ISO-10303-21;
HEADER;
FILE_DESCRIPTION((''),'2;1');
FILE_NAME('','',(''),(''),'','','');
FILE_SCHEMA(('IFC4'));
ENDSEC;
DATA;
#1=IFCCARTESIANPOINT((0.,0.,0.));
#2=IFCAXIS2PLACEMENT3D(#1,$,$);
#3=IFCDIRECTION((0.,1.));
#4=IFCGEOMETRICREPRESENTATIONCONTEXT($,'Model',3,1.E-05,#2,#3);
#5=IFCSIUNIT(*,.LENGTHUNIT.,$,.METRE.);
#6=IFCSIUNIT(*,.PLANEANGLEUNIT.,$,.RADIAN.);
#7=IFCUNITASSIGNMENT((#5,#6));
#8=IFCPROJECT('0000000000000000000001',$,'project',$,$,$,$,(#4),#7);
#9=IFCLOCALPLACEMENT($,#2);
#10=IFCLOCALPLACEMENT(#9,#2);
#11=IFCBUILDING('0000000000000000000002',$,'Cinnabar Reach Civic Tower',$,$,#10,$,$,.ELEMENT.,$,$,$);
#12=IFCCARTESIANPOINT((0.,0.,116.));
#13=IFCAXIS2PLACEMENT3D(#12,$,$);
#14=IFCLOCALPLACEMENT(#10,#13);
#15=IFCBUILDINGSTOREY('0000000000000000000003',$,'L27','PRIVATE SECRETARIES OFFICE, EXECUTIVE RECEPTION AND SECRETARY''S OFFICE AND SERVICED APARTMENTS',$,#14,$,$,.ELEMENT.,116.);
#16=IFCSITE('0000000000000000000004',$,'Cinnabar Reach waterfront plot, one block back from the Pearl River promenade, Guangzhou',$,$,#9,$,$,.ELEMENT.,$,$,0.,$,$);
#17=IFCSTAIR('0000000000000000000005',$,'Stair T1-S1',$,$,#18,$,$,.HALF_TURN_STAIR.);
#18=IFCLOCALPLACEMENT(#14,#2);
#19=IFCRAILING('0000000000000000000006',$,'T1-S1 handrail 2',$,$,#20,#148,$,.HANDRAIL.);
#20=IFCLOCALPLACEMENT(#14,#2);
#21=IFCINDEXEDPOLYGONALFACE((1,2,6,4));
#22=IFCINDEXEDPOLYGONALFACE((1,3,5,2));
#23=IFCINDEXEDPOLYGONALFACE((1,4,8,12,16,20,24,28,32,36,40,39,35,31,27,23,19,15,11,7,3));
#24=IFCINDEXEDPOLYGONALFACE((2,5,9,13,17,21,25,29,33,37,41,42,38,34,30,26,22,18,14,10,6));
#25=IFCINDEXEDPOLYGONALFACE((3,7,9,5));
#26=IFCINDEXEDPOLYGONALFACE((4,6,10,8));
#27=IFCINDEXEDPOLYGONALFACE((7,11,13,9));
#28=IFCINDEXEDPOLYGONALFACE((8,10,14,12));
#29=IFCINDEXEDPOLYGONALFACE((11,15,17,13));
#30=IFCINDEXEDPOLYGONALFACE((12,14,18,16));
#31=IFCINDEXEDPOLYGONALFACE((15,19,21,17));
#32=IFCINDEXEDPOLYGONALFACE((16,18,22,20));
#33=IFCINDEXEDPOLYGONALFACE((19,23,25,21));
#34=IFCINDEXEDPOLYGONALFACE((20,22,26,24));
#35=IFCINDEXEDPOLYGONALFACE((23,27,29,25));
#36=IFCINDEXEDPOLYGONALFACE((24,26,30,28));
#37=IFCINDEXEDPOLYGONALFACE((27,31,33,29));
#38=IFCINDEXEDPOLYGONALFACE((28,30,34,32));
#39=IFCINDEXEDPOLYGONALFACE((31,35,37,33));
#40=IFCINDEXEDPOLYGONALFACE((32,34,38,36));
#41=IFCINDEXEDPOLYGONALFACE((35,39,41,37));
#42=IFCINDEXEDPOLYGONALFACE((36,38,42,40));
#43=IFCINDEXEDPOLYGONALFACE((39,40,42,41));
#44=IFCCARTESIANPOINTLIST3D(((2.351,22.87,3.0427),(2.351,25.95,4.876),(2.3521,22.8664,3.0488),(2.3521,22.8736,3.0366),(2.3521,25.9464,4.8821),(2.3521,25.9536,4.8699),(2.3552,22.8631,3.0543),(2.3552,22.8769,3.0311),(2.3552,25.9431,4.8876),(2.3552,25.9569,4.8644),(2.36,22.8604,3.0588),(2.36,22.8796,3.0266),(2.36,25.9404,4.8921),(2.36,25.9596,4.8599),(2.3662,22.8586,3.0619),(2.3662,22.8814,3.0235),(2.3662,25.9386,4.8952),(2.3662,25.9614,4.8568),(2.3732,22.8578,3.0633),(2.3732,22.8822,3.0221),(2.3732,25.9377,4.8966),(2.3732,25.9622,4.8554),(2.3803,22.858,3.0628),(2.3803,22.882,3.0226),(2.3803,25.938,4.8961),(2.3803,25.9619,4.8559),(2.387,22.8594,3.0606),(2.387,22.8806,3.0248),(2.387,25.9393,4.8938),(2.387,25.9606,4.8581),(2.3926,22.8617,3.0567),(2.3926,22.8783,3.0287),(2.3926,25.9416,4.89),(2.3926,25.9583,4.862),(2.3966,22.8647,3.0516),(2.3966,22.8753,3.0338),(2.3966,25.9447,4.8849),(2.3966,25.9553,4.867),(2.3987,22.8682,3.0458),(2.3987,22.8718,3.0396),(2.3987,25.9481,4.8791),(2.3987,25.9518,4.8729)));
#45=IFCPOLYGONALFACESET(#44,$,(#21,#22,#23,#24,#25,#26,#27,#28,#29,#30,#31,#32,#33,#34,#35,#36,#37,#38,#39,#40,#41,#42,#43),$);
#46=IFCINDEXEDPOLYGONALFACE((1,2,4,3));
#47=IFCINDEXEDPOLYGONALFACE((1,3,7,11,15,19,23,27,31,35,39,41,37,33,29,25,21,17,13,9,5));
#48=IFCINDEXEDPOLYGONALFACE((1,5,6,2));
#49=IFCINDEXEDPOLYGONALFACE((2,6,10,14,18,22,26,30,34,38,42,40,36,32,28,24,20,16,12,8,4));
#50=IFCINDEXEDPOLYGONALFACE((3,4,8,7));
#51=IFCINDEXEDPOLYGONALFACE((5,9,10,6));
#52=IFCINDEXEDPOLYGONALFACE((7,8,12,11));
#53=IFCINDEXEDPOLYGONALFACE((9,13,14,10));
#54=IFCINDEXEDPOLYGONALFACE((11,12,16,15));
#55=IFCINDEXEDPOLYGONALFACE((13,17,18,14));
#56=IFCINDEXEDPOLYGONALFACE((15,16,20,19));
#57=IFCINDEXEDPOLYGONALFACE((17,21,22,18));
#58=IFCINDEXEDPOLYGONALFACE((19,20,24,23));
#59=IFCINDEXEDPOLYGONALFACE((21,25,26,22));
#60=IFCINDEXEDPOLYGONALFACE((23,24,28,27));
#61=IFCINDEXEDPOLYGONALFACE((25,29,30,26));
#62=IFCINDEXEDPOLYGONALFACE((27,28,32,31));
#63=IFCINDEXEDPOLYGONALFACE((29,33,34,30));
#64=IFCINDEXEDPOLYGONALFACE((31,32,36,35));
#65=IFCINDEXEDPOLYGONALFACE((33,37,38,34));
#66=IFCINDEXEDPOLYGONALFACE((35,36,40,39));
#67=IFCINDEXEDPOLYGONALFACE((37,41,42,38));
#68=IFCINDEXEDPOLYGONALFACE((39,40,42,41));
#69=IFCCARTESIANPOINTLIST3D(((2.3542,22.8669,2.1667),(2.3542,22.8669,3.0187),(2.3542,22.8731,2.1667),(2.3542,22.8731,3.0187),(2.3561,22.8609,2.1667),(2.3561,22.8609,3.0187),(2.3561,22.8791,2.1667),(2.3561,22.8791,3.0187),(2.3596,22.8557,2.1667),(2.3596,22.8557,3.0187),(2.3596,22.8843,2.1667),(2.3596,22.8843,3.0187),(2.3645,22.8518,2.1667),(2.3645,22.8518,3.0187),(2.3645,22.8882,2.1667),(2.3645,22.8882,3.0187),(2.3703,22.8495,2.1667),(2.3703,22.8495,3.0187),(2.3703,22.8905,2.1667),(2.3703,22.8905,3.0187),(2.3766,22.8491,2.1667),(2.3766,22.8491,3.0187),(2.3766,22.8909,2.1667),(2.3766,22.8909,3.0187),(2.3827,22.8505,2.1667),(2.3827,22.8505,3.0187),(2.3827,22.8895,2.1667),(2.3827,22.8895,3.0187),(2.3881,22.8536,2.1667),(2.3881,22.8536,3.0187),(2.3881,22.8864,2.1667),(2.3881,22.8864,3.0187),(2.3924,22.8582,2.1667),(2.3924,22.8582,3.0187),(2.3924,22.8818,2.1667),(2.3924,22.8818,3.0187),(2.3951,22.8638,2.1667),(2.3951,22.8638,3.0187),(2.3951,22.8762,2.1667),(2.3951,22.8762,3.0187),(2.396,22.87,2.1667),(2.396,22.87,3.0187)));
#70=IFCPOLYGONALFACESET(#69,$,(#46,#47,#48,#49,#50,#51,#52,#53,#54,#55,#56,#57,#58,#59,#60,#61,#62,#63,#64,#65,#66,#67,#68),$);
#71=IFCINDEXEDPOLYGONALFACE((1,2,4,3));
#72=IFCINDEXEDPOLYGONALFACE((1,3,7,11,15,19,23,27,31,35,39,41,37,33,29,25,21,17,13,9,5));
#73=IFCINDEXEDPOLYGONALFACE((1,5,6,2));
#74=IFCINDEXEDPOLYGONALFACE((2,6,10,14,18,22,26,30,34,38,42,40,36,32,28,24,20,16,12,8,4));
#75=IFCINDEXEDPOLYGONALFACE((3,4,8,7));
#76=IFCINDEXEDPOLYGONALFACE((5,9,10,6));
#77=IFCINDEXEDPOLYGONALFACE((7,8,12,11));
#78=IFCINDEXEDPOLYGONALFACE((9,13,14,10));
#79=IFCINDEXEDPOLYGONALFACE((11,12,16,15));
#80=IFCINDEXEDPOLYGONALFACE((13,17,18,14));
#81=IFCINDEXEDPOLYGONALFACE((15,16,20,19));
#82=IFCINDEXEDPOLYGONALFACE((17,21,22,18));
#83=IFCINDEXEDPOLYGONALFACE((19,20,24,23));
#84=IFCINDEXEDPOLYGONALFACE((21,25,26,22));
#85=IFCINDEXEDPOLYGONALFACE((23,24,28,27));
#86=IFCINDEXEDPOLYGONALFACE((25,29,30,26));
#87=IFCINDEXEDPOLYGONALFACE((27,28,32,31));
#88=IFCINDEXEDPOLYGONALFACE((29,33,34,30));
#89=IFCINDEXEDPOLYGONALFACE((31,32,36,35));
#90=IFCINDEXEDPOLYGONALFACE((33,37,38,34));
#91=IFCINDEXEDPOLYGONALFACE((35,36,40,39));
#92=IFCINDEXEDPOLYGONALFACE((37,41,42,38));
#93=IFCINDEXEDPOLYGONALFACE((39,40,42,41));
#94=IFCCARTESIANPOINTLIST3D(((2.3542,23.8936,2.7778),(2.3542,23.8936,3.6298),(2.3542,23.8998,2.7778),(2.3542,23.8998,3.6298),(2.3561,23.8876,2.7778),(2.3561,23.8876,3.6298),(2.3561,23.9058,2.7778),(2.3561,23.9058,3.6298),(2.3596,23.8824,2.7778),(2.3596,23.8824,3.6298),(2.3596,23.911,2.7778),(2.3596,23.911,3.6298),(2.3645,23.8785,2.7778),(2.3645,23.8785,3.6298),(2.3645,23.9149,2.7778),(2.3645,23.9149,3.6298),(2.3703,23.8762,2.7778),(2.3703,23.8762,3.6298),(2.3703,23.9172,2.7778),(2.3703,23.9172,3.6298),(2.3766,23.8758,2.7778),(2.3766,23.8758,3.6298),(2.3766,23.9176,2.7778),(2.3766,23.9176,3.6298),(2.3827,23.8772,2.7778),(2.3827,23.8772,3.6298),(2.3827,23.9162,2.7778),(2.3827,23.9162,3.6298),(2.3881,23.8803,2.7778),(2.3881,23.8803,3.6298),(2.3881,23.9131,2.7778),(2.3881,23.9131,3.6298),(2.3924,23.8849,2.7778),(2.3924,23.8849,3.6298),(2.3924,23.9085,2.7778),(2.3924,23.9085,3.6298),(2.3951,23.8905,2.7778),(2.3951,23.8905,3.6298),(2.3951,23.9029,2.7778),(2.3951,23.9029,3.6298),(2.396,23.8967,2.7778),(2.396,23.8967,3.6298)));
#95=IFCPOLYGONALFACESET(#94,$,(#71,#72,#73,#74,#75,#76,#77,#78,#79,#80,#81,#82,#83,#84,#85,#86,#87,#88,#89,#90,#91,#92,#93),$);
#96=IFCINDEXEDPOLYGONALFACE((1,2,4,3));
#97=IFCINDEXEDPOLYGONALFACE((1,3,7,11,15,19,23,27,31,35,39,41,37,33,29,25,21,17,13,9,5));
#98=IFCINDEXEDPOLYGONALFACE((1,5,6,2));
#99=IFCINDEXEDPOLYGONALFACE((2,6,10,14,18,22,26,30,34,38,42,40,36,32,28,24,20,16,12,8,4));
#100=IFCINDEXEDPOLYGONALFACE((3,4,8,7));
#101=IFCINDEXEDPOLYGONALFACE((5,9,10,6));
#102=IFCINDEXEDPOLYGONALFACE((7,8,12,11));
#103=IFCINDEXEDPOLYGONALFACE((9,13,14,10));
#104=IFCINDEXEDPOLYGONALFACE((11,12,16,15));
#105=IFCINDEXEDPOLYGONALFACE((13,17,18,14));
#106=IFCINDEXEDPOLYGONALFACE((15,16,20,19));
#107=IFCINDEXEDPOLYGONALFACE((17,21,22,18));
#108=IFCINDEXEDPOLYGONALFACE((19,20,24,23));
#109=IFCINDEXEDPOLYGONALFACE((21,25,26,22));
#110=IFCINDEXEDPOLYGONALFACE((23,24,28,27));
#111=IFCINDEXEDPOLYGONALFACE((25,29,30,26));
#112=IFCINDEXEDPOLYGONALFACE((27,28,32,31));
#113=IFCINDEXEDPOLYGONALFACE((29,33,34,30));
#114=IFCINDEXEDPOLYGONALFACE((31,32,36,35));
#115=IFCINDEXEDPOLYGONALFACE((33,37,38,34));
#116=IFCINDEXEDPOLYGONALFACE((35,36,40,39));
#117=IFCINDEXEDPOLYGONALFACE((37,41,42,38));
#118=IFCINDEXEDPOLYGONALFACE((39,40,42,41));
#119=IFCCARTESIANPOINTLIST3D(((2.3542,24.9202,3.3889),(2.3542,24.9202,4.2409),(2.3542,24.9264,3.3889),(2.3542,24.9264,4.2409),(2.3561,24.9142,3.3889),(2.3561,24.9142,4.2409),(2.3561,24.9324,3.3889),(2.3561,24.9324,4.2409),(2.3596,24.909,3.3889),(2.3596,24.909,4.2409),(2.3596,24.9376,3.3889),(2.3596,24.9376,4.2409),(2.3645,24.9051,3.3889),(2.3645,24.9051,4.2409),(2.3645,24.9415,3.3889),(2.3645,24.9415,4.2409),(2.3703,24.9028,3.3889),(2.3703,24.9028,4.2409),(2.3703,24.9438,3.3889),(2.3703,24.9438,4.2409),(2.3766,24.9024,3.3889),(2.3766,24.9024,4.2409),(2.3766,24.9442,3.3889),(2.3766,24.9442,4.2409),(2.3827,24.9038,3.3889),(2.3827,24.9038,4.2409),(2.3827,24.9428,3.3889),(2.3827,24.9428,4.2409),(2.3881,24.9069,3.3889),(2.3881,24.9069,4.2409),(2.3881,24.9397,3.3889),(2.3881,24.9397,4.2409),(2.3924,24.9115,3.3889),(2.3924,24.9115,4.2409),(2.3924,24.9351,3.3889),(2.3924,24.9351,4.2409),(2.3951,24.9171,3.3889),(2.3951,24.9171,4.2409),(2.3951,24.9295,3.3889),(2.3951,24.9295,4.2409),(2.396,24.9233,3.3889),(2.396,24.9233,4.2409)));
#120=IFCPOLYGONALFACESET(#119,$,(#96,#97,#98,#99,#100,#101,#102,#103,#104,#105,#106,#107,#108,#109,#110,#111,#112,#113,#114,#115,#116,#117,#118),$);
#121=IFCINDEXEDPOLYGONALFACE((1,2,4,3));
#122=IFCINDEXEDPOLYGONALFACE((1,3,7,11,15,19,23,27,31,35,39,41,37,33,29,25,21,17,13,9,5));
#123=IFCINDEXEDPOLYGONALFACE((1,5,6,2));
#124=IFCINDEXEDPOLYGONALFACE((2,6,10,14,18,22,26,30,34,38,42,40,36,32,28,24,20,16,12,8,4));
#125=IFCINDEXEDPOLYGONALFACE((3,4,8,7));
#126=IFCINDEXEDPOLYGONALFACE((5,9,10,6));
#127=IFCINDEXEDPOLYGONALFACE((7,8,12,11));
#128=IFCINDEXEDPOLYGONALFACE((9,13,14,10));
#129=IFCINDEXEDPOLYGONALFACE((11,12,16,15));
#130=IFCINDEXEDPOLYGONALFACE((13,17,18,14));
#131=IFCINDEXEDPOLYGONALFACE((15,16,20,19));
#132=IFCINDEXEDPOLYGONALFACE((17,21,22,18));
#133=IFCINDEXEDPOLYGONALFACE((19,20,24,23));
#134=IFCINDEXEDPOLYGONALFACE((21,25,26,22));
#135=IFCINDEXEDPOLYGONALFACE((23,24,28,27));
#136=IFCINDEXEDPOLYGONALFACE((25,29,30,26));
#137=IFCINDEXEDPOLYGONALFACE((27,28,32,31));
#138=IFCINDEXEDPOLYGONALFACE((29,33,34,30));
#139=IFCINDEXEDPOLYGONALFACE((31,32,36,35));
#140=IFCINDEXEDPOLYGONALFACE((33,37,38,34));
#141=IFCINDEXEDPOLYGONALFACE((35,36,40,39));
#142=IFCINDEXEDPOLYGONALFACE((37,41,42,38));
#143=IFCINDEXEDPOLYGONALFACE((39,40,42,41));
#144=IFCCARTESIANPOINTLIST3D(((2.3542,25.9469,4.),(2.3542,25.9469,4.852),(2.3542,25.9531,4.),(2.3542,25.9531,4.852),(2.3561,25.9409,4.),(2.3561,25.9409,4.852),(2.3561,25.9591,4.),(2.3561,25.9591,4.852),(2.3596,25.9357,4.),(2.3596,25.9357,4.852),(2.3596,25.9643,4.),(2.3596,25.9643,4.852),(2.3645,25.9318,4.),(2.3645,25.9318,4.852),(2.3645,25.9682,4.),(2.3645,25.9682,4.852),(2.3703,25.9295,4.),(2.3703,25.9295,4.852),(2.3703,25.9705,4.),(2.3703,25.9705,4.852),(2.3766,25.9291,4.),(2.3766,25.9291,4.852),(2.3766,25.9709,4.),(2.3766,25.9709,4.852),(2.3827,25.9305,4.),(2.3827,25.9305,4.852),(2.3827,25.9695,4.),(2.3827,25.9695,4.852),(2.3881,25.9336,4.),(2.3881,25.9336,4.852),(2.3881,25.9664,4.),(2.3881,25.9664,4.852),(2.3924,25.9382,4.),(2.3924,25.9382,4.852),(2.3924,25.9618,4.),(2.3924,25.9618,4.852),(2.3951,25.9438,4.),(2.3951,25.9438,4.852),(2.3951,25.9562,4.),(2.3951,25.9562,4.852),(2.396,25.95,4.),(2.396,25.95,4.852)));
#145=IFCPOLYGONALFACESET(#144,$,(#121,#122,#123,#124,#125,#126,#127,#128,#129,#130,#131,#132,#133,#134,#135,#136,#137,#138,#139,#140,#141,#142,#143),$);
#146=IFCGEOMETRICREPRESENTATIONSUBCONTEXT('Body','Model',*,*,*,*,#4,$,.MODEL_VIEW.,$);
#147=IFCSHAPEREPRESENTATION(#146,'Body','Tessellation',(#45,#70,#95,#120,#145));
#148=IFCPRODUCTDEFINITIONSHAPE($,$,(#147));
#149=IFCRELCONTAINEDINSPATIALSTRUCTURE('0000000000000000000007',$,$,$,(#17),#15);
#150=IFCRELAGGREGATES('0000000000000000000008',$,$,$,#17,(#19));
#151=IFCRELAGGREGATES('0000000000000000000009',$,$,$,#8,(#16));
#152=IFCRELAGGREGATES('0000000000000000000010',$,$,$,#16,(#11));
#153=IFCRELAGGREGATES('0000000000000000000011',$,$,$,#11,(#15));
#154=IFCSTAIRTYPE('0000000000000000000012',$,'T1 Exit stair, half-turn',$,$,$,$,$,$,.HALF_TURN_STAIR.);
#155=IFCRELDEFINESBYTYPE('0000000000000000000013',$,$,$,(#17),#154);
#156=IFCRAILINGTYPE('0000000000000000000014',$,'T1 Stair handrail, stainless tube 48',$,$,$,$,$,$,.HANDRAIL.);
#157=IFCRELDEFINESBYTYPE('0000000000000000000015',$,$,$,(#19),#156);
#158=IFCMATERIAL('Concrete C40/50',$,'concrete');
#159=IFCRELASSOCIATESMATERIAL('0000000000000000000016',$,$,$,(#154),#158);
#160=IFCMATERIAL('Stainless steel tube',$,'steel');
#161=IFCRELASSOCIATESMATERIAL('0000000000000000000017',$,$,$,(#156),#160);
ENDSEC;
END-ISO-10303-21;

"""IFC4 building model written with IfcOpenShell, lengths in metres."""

from ifc_helpers import new_model, si_unit, direction, frame, origin, origin_2d, place, context, subcontext, project, spatial, circle, extrude, material, type_object, element, aggregate, save


model = new_model("IFC4")

# Units and contexts
model_context = context("Model", 3, precision=1e-05, world=origin(), true_north=direction((0.0, 1.0)))
body_context = subcontext(model_context, "Body", "Model", "MODEL_VIEW")
ifc_project = project(units=[si_unit("LENGTHUNIT", "METRE"), si_unit("PLANEANGLEUNIT", "RADIAN")], contexts=[model_context])

# Site, building, storey
site_placement = place(None, origin())
site = spatial("IfcSite", under=ifc_project, at=site_placement, Name="Cinnabar Reach waterfront plot, one block back from the Pearl River promenade, Guangzhou", CompositionType="ELEMENT", RefElevation=0.0)
building_placement = place(site_placement, origin())
building = spatial("IfcBuilding", under=site, at=building_placement, Name="Cinnabar Reach Civic Tower", CompositionType="ELEMENT")
storey_placement = place(building_placement, frame((0.0, 0.0, 116.0)))
storey = spatial("IfcBuildingStorey", under=building, at=storey_placement, Name="L27", Description="PRIVATE SECRETARIES OFFICE, EXECUTIVE RECEPTION AND SECRETARY'S OFFICE AND SERVICED APARTMENTS", CompositionType="ELEMENT", Elevation=116.0)

# Stair, railing
ifc_material_1 = material(Name="Concrete C40/50", Category="concrete")
stair_type = type_object("IfcStairType", Name="T1 Exit stair, half-turn", PredefinedType="HALF_TURN_STAIR", material=ifc_material_1)
stair_placement = place(storey_placement, origin())
stair = element("IfcStair", 1, at=stair_placement, inside=storey, type_object=stair_type, Name="Stair T1-S1", PredefinedType="HALF_TURN_STAIR")
ifc_material_2 = material(Name="Stainless steel tube", Category="steel")
railing_type = type_object("IfcRailingType", Name="T1 Stair handrail, stainless tube 48", PredefinedType="HANDRAIL", material=ifc_material_2)
railing_placement = place(storey_placement, frame((2.375, 22.87, 2.1667)))
railing = element("IfcRailing", 2, at=railing_placement, type_object=railing_type, Name="T1-S1 handrail 2", PredefinedType="HANDRAIL", context=body_context, shape_type="SweptSolid", body=[
    extrude(circle(Radius=0.024, at=origin_2d()), frame((0.0, 0.0, 0.876), z_axis=(0.0, 0.859297, 0.511477), x_axis=(-1.0, 0.0, 0.0)), (0.0, 0.0, 1.0), 3.5843),
    extrude(circle(Radius=0.021, at=origin_2d()), origin(), (0.0, 0.0, 1.0), 0.852),
    extrude(circle(Radius=0.021, at=origin_2d()), frame((0.0, 1.0267, 0.6111)), (0.0, 0.0, 1.0), 0.852),
    extrude(circle(Radius=0.021, at=origin_2d()), frame((0.0, 2.0533, 1.2222)), (0.0, 0.0, 1.0), 0.852),
    extrude(circle(Radius=0.021, at=origin_2d()), frame((0.0, 3.08, 1.8333)), (0.0, 0.0, 1.0), 0.852),
])
aggregate(stair, [railing])

save(model, "model.ifc")
